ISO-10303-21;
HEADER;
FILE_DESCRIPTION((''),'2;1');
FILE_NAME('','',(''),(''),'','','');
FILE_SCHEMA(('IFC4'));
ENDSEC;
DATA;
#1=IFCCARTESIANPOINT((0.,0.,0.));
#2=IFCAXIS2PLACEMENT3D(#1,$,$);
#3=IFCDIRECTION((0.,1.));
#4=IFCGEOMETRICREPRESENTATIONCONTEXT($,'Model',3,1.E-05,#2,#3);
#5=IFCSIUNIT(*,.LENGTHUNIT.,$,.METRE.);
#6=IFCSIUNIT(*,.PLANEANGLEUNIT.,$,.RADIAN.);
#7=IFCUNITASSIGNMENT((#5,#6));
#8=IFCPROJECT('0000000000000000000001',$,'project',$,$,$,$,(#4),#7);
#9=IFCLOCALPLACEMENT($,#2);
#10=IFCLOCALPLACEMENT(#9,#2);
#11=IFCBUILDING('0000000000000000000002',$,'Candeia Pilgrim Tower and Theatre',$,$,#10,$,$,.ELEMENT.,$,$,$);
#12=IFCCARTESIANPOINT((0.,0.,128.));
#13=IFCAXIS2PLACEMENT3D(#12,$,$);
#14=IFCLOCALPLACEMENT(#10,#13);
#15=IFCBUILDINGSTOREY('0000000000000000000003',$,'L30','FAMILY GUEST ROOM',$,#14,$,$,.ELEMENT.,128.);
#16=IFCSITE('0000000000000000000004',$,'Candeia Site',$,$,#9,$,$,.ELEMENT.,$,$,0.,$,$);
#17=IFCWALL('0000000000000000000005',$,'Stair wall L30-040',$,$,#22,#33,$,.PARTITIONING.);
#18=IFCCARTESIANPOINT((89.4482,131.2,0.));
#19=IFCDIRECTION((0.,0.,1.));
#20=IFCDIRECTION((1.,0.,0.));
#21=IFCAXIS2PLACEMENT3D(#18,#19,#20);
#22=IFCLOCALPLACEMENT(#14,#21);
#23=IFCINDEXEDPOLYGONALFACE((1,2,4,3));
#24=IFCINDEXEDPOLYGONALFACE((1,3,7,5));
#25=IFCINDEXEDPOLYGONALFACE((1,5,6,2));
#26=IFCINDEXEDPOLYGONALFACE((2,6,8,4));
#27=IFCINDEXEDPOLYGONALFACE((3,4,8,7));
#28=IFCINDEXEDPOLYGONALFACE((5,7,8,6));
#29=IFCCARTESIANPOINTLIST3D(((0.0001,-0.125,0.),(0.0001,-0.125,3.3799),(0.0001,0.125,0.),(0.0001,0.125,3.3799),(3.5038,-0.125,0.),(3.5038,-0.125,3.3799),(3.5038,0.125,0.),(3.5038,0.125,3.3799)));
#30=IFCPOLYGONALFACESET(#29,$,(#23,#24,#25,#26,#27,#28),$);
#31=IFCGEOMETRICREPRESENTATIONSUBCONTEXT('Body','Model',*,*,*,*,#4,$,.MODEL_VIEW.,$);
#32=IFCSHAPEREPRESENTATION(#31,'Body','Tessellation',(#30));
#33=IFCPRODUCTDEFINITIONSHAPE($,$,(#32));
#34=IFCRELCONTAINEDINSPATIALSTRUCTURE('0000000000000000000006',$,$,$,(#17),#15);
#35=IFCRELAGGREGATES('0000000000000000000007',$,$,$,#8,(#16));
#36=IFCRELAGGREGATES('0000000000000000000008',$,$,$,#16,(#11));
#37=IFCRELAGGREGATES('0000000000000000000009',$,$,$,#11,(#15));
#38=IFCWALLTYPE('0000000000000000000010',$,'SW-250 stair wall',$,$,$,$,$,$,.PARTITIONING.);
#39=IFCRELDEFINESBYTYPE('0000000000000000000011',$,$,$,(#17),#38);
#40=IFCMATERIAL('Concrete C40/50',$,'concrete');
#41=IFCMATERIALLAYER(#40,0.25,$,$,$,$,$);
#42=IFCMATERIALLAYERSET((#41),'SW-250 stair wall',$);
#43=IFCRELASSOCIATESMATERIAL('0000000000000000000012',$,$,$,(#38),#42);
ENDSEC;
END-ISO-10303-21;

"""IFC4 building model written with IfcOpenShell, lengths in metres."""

from ifc_helpers import new_model, si_unit, direction, frame, frame_2d, origin, place, context, subcontext, project, spatial, rectangle, extrude, material, layer, layer_set, type_object, element, save


model = new_model("IFC4")

# Units and contexts
model_context = context("Model", 3, precision=1e-05, world=origin(), true_north=direction((0.0, 1.0)))
body_context = subcontext(model_context, "Body", "Model", "MODEL_VIEW")
ifc_project = project(units=[si_unit("LENGTHUNIT", "METRE"), si_unit("PLANEANGLEUNIT", "RADIAN")], contexts=[model_context])

# Site, building, storey
site_placement = place(None, origin())
site = spatial("IfcSite", under=ifc_project, at=site_placement, Name="Candeia Site", CompositionType="ELEMENT", RefElevation=0.0)
building_placement = place(site_placement, origin())
building = spatial("IfcBuilding", under=site, at=building_placement, Name="Candeia Pilgrim Tower and Theatre", CompositionType="ELEMENT")
storey_placement = place(building_placement, frame((0.0, 0.0, 128.0)))
storey = spatial("IfcBuildingStorey", under=building, at=storey_placement, Name="L30", Description="FAMILY GUEST ROOM", CompositionType="ELEMENT", Elevation=128.0)

# Wall
ifc_material_1 = material(Name="Concrete C40/50", Category="concrete")
ifc_layer_1 = layer(ifc_material_1, 0.25)
ifc_layer_set_1 = layer_set([ifc_layer_1], Name="SW-250 stair wall")
wall_type_1 = type_object("IfcWallType", Name="SW-250 stair wall", PredefinedType="PARTITIONING", material=ifc_layer_set_1)
wall_1_placement = place(storey_placement, frame((89.4482, 131.2, 0.0), z_axis=(0.0, 0.0, 1.0), x_axis=(1.0, 0.0, 0.0)))
element("IfcWall", 1, at=wall_1_placement, inside=storey, type_object=wall_type_1, Name="Stair wall L30-040", PredefinedType="PARTITIONING", context=body_context, shape_type="SweptSolid", body=[
    extrude(rectangle(XDim=3.5037, YDim=0.25, at=frame_2d((1.752, 0.0))), origin(), (0.0, 0.0, 1.0), 3.3799),
])

save(model, "model.ifc")
